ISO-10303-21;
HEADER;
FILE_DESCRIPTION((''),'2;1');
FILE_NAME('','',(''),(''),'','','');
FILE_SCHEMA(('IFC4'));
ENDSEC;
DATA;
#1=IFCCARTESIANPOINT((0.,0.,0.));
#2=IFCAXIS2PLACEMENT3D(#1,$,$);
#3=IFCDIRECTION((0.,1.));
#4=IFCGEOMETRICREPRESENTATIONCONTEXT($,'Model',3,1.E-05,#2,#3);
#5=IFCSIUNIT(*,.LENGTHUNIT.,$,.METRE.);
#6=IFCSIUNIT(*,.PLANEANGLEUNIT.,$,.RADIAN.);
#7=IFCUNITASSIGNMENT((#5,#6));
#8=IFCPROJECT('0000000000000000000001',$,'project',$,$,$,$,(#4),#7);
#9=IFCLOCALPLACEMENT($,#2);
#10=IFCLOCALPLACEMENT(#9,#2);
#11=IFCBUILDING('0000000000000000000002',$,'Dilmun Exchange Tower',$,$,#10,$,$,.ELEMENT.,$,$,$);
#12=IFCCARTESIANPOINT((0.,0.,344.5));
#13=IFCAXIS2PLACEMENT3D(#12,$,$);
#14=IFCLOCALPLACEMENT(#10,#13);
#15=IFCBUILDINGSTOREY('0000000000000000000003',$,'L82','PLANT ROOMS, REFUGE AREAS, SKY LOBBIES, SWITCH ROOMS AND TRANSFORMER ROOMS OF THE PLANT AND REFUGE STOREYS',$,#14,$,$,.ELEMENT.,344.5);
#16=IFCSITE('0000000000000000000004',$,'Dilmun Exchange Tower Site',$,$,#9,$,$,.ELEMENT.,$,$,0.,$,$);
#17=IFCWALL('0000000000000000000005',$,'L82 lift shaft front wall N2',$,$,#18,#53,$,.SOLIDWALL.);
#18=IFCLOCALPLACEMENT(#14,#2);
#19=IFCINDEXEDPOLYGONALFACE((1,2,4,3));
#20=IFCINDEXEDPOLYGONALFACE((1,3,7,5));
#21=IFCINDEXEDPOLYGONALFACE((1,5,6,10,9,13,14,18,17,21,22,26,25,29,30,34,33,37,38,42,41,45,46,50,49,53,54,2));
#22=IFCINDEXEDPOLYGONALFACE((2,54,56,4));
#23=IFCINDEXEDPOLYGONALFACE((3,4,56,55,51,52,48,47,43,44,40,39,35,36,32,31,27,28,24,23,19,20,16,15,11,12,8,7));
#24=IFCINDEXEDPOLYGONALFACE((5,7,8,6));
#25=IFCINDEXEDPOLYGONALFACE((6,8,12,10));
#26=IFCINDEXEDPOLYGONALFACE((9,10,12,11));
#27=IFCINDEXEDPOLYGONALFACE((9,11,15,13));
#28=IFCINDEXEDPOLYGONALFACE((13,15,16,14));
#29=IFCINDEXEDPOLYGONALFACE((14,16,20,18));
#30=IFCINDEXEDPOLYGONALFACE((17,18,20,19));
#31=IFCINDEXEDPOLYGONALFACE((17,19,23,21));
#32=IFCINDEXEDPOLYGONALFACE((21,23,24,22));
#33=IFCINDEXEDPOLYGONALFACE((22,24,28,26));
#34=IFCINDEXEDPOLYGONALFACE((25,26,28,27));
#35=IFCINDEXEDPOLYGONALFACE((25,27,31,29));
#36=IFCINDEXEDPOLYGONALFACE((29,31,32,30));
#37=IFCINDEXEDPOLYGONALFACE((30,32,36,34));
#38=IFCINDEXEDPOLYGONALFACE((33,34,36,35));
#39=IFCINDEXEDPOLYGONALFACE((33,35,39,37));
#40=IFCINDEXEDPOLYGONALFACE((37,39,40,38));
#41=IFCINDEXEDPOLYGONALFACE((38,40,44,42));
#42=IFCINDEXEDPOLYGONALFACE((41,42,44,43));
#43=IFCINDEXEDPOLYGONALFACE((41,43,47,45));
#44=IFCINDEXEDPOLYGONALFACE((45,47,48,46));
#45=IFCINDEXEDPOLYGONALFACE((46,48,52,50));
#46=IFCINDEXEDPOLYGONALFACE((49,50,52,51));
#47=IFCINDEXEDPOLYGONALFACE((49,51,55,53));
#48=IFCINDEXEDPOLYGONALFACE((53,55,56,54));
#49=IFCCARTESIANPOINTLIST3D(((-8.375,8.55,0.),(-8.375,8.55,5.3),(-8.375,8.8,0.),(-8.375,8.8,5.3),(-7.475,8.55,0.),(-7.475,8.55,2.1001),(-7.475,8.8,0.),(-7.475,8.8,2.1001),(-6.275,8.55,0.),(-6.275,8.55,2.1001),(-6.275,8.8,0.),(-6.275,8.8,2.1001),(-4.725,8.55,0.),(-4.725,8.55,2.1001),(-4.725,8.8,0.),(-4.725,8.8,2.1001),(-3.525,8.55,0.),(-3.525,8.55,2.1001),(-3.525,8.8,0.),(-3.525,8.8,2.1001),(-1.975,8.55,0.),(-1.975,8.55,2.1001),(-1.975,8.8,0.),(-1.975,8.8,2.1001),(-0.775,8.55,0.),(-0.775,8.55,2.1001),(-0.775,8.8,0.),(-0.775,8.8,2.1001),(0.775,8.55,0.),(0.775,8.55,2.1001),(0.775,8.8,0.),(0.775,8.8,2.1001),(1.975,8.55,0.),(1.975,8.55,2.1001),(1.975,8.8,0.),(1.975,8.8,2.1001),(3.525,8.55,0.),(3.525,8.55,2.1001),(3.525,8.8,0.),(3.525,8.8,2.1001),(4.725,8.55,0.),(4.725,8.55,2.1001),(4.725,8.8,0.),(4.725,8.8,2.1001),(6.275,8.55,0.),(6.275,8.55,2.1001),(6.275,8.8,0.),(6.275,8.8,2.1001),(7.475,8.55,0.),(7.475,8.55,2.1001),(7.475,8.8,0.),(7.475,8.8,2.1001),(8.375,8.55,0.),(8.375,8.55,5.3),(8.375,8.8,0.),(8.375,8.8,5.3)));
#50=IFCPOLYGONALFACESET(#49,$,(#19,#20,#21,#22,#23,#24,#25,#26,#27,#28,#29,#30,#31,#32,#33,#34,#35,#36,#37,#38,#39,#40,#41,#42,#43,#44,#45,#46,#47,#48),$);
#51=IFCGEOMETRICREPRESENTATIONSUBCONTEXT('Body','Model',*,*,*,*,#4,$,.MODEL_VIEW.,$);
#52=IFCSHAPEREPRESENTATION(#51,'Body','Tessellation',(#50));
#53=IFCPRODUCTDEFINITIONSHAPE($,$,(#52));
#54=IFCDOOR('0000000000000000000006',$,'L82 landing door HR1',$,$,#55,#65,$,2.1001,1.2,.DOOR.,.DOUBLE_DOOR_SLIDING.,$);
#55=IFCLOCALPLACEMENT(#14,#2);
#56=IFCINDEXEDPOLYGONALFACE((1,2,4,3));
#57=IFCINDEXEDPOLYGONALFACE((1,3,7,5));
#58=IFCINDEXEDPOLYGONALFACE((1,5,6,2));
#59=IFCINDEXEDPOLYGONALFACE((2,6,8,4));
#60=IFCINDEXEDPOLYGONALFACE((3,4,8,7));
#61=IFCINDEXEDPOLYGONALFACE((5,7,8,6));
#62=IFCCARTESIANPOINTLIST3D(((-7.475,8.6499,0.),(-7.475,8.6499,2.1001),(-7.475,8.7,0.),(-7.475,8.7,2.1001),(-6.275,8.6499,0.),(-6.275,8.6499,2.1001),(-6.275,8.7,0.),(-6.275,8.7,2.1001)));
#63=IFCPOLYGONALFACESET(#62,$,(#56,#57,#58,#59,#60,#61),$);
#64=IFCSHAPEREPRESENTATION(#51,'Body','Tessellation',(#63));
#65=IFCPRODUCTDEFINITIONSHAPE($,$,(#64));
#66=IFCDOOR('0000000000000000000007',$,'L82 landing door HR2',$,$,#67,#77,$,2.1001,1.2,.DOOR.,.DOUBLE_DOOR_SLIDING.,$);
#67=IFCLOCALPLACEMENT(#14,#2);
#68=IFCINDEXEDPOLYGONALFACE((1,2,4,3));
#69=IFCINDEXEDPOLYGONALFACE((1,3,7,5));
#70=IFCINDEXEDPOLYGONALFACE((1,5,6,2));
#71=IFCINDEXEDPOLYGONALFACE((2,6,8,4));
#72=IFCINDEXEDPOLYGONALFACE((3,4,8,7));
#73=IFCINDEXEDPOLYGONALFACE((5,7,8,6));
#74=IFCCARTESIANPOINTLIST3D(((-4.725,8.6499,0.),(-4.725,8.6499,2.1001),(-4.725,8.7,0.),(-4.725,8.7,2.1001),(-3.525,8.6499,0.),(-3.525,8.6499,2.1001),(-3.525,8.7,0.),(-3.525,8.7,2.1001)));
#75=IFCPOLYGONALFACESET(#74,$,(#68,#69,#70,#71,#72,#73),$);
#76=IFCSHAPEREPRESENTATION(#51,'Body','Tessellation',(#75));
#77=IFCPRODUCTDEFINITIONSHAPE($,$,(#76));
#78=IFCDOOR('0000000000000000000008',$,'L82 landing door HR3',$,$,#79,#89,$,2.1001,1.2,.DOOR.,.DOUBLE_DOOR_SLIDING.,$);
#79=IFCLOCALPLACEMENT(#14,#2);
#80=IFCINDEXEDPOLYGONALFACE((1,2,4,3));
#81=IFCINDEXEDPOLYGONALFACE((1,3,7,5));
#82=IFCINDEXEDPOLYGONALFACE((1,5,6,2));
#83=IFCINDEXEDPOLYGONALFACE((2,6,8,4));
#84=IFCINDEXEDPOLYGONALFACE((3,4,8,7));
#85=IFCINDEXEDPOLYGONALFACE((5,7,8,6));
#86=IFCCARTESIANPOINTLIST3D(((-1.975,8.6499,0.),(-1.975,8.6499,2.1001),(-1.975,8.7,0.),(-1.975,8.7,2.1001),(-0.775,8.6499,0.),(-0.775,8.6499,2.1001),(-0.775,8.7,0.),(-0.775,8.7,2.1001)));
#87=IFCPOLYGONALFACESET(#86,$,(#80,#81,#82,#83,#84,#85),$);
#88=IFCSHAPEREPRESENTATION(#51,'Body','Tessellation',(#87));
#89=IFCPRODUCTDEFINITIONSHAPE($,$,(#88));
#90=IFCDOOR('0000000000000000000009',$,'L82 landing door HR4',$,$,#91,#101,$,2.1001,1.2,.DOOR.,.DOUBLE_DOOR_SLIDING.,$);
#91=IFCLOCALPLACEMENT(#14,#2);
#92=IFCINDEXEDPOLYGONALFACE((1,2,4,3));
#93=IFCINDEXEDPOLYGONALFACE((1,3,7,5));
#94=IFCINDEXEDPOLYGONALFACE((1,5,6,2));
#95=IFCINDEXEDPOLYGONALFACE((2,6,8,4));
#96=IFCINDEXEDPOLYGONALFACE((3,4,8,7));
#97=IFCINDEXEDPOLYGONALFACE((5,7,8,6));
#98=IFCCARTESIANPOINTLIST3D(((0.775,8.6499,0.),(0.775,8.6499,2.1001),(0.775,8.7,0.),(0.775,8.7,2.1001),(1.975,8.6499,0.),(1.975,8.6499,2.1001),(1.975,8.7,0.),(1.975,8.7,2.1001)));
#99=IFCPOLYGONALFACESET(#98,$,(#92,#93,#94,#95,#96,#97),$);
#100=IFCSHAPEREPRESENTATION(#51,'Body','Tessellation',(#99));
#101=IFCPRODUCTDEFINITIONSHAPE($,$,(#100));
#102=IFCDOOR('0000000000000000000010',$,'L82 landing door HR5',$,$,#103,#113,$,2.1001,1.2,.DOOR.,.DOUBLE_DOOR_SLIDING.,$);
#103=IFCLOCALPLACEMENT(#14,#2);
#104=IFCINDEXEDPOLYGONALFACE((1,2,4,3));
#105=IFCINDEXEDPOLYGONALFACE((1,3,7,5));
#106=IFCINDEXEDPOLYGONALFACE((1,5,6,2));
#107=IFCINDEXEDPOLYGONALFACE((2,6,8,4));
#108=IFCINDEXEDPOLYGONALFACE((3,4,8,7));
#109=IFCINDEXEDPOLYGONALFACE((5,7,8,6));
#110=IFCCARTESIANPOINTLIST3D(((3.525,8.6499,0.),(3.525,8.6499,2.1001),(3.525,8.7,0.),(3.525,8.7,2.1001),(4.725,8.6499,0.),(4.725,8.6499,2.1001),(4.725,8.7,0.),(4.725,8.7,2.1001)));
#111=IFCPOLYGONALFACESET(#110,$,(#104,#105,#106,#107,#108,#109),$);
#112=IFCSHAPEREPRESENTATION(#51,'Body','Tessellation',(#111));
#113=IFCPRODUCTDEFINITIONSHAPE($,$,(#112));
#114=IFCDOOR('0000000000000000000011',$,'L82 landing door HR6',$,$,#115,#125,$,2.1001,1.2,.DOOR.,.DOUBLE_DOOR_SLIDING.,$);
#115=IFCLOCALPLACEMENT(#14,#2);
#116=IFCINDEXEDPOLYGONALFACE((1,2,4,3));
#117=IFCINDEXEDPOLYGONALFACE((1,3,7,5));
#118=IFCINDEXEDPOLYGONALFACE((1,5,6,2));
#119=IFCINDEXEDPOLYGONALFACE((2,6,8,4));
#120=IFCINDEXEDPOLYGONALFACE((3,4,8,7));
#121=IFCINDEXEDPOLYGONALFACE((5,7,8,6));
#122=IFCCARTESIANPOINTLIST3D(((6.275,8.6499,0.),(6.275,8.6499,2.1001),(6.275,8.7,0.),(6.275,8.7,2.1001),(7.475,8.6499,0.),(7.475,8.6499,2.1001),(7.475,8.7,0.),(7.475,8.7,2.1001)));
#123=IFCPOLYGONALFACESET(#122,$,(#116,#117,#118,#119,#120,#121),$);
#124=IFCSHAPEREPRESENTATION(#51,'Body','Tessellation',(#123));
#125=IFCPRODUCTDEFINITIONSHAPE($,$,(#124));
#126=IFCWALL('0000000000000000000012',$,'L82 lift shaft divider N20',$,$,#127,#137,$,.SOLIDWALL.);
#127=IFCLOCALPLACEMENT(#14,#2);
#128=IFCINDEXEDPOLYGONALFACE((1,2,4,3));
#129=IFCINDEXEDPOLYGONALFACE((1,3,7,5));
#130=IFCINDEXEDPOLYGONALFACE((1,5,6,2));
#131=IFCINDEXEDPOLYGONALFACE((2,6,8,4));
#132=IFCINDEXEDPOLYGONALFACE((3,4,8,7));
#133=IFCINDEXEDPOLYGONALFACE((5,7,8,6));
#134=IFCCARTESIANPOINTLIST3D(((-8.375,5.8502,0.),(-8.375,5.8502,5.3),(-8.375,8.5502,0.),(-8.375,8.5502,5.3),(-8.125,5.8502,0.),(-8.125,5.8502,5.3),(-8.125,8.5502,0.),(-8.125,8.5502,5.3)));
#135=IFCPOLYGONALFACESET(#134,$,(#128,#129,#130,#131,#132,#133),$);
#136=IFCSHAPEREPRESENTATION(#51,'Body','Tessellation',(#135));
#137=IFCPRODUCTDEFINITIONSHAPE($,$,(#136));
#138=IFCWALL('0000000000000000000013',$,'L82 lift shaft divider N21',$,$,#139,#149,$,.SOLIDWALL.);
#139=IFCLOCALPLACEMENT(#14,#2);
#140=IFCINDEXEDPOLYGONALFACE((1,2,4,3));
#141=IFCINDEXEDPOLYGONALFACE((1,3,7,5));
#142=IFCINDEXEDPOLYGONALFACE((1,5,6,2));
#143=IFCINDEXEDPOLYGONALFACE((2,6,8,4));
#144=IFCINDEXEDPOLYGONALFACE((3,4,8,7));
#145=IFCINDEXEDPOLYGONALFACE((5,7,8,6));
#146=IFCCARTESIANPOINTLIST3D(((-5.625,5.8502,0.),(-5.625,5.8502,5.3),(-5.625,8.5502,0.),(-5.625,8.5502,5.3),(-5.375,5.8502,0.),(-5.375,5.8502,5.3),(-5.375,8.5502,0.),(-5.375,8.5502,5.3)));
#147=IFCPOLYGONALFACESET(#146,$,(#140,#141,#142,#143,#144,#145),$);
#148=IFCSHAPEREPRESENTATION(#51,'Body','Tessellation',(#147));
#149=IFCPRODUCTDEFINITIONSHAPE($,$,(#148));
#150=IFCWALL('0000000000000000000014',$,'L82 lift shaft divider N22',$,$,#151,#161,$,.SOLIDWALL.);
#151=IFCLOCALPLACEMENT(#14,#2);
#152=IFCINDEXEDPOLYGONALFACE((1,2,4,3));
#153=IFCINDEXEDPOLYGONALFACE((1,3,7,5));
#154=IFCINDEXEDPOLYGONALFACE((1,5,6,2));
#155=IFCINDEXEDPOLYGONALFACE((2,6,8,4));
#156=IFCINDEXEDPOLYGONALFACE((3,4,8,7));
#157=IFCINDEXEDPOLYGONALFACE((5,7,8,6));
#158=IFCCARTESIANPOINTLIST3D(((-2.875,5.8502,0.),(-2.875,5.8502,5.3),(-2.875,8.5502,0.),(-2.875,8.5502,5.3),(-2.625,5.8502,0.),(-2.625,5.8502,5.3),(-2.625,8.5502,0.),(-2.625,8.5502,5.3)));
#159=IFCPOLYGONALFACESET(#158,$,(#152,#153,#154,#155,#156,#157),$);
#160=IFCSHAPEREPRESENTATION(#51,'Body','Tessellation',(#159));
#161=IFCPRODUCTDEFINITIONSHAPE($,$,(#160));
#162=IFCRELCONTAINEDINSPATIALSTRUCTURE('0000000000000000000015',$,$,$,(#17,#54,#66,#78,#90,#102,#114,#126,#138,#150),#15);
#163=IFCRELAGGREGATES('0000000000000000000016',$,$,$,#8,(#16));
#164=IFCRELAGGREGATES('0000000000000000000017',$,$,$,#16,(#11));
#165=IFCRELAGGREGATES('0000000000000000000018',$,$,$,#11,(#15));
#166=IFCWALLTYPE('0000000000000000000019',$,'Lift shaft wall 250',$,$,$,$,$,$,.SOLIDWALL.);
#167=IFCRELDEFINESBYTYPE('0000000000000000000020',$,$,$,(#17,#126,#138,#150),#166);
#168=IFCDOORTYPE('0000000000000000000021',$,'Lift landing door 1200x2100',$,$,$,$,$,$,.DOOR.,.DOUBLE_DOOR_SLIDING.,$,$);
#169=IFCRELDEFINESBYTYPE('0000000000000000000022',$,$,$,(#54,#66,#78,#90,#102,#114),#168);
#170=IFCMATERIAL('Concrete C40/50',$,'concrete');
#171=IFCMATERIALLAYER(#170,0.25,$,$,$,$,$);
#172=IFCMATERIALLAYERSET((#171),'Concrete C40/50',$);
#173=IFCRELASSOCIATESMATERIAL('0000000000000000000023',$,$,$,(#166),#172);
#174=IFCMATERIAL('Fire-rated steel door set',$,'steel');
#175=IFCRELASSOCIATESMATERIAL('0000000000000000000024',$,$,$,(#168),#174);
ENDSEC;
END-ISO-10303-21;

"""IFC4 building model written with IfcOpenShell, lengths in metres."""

from ifc_helpers import new_model, si_unit, direction, frame, frame_2d, origin, place, context, subcontext, project, spatial, rectangle, extrude, material, layer, layer_set, type_object, element, fill, save


model = new_model("IFC4")

# Units and contexts
model_context = context("Model", 3, precision=1e-05, world=origin(), true_north=direction((0.0, 1.0)))
body_context = subcontext(model_context, "Body", "Model", "MODEL_VIEW")
ifc_project = project(units=[si_unit("LENGTHUNIT", "METRE"), si_unit("PLANEANGLEUNIT", "RADIAN")], contexts=[model_context])

# Site, building, storey
site_placement = place(None, origin())
site = spatial("IfcSite", under=ifc_project, at=site_placement, Name="Dilmun Exchange Tower Site", CompositionType="ELEMENT", RefElevation=0.0)
building_placement = place(site_placement, origin())
building = spatial("IfcBuilding", under=site, at=building_placement, Name="Dilmun Exchange Tower", CompositionType="ELEMENT")
storey_placement = place(building_placement, frame((0.0, 0.0, 344.5)))
storey = spatial("IfcBuildingStorey", under=building, at=storey_placement, Name="L82", Description="PLANT ROOMS, REFUGE AREAS, SKY LOBBIES, SWITCH ROOMS AND TRANSFORMER ROOMS OF THE PLANT AND REFUGE STOREYS", CompositionType="ELEMENT", Elevation=344.5)

# Shared definitions
ifc_material_1 = material(Name="Concrete C40/50", Category="concrete")

# Shared definitions
ifc_material_2 = material(Name="Fire-rated steel door set", Category="steel")

# Wall, openings, doors
ifc_layer_1 = layer(ifc_material_1, 0.25)
ifc_layer_set_1 = layer_set([ifc_layer_1], Name="Concrete C40/50")
wall_type_1 = type_object("IfcWallType", Name="Lift shaft wall 250", PredefinedType="SOLIDWALL", material=ifc_layer_set_1)
wall_1_placement = place(storey_placement, frame((-8.375, 8.675, 0.0), z_axis=(0.0, 0.0, 1.0), x_axis=(1.0, 0.0, 0.0)))
wall_1 = element("IfcWall", 1, at=wall_1_placement, inside=storey, type_object=wall_type_1, Name="L82 lift shaft front wall N2", PredefinedType="SOLIDWALL", context=body_context, shape_type="SweptSolid", body=[
    extrude(rectangle(XDim=16.75, YDim=0.25, at=frame_2d((8.375, 0.0))), origin(), (0.0, 0.0, 1.0), 5.3),
])
opening_1_placement = place(wall_1_placement, frame((0.8999, 0.0, 0.0)))
opening_1 = element("IfcOpeningElement", 2, at=opening_1_placement, cuts=wall_1, PredefinedType="OPENING", context=body_context, shape_type="SweptSolid", body=[
    extrude(rectangle(XDim=1.2, YDim=2.1001, at=frame_2d((0.6001, 1.05))), frame((0.0, 0.135, 0.0), z_axis=(0.0, -1.0, 0.0), x_axis=(1.0, 0.0, 0.0)), (0.0, 0.0, 1.0), 0.27),
])
opening_2_placement = place(wall_1_placement, frame((3.6499, 0.0, 0.0)))
opening_2 = element("IfcOpeningElement", 3, at=opening_2_placement, cuts=wall_1, PredefinedType="OPENING", context=body_context, shape_type="SweptSolid", body=[
    extrude(rectangle(XDim=1.2, YDim=2.1001, at=frame_2d((0.6001, 1.05))), frame((0.0, 0.135, 0.0), z_axis=(0.0, -1.0, 0.0), x_axis=(1.0, 0.0, 0.0)), (0.0, 0.0, 1.0), 0.27),
])
opening_3_placement = place(wall_1_placement, frame((6.3999, 0.0, 0.0)))
opening_3 = element("IfcOpeningElement", 4, at=opening_3_placement, cuts=wall_1, PredefinedType="OPENING", context=body_context, shape_type="SweptSolid", body=[
    extrude(rectangle(XDim=1.2, YDim=2.1001, at=frame_2d((0.6001, 1.05))), frame((0.0, 0.135, 0.0), z_axis=(0.0, -1.0, 0.0), x_axis=(1.0, 0.0, 0.0)), (0.0, 0.0, 1.0), 0.27),
])
opening_4_placement = place(wall_1_placement, frame((9.1499, 0.0, 0.0)))
opening_4 = element("IfcOpeningElement", 5, at=opening_4_placement, cuts=wall_1, PredefinedType="OPENING", context=body_context, shape_type="SweptSolid", body=[
    extrude(rectangle(XDim=1.2, YDim=2.1001, at=frame_2d((0.6001, 1.05))), frame((0.0, 0.135, 0.0), z_axis=(0.0, -1.0, 0.0), x_axis=(1.0, 0.0, 0.0)), (0.0, 0.0, 1.0), 0.27),
])
opening_5_placement = place(wall_1_placement, frame((11.8999, 0.0, 0.0)))
opening_5 = element("IfcOpeningElement", 6, at=opening_5_placement, cuts=wall_1, PredefinedType="OPENING", context=body_context, shape_type="SweptSolid", body=[
    extrude(rectangle(XDim=1.2, YDim=2.1001, at=frame_2d((0.6001, 1.05))), frame((0.0, 0.135, 0.0), z_axis=(0.0, -1.0, 0.0), x_axis=(1.0, 0.0, 0.0)), (0.0, 0.0, 1.0), 0.27),
])
opening_6_placement = place(wall_1_placement, frame((14.6499, 0.0, 0.0)))
opening_6 = element("IfcOpeningElement", 7, at=opening_6_placement, cuts=wall_1, PredefinedType="OPENING", context=body_context, shape_type="SweptSolid", body=[
    extrude(rectangle(XDim=1.2, YDim=2.1001, at=frame_2d((0.6001, 1.05))), frame((0.0, 0.135, 0.0), z_axis=(0.0, -1.0, 0.0), x_axis=(1.0, 0.0, 0.0)), (0.0, 0.0, 1.0), 0.27),
])
door_type_1 = type_object("IfcDoorType", Name="Lift landing door 1200x2100", OperationType="DOUBLE_DOOR_SLIDING", PredefinedType="DOOR", material=ifc_material_2)
door_1_placement = place(opening_1_placement, origin())
door_1 = element("IfcDoor", 8, at=door_1_placement, inside=storey, type_object=door_type_1, Name="L82 landing door HR1", OperationType="DOUBLE_DOOR_SLIDING", OverallHeight=2.1001, OverallWidth=1.2, PredefinedType="DOOR", context=body_context, shape_type="SweptSolid", body=[
    extrude(rectangle(XDim=1.2, YDim=2.1001, at=frame_2d((0.6001, 1.05))), frame((0.0, 0.0249, 0.0), z_axis=(0.0, -1.0, 0.0), x_axis=(1.0, 0.0, 0.0)), (0.0, 0.0, 1.0), 0.05),
])
fill(opening_1, door_1)
door_2_placement = place(opening_2_placement, origin())
door_2 = element("IfcDoor", 9, at=door_2_placement, inside=storey, type_object=door_type_1, Name="L82 landing door HR2", OperationType="DOUBLE_DOOR_SLIDING", OverallHeight=2.1001, OverallWidth=1.2, PredefinedType="DOOR", context=body_context, shape_type="SweptSolid", body=[
    extrude(rectangle(XDim=1.2, YDim=2.1001, at=frame_2d((0.6001, 1.05))), frame((0.0, 0.0249, 0.0), z_axis=(0.0, -1.0, 0.0), x_axis=(1.0, 0.0, 0.0)), (0.0, 0.0, 1.0), 0.05),
])
fill(opening_2, door_2)
door_3_placement = place(opening_3_placement, origin())
door_3 = element("IfcDoor", 10, at=door_3_placement, inside=storey, type_object=door_type_1, Name="L82 landing door HR3", OperationType="DOUBLE_DOOR_SLIDING", OverallHeight=2.1001, OverallWidth=1.2, PredefinedType="DOOR", context=body_context, shape_type="SweptSolid", body=[
    extrude(rectangle(XDim=1.2, YDim=2.1001, at=frame_2d((0.6001, 1.05))), frame((0.0, 0.0249, 0.0), z_axis=(0.0, -1.0, 0.0), x_axis=(1.0, 0.0, 0.0)), (0.0, 0.0, 1.0), 0.05),
])
fill(opening_3, door_3)
door_4_placement = place(opening_4_placement, origin())
door_4 = element("IfcDoor", 11, at=door_4_placement, inside=storey, type_object=door_type_1, Name="L82 landing door HR4", OperationType="DOUBLE_DOOR_SLIDING", OverallHeight=2.1001, OverallWidth=1.2, PredefinedType="DOOR", context=body_context, shape_type="SweptSolid", body=[
    extrude(rectangle(XDim=1.2, YDim=2.1001, at=frame_2d((0.6001, 1.05))), frame((0.0, 0.0249, 0.0), z_axis=(0.0, -1.0, 0.0), x_axis=(1.0, 0.0, 0.0)), (0.0, 0.0, 1.0), 0.05),
])
fill(opening_4, door_4)
door_5_placement = place(opening_5_placement, origin())
door_5 = element("IfcDoor", 12, at=door_5_placement, inside=storey, type_object=door_type_1, Name="L82 landing door HR5", OperationType="DOUBLE_DOOR_SLIDING", OverallHeight=2.1001, OverallWidth=1.2, PredefinedType="DOOR", context=body_context, shape_type="SweptSolid", body=[
    extrude(rectangle(XDim=1.2, YDim=2.1001, at=frame_2d((0.6001, 1.05))), frame((0.0, 0.0249, 0.0), z_axis=(0.0, -1.0, 0.0), x_axis=(1.0, 0.0, 0.0)), (0.0, 0.0, 1.0), 0.05),
])
fill(opening_5, door_5)
door_6_placement = place(opening_6_placement, origin())
door_6 = element("IfcDoor", 13, at=door_6_placement, inside=storey, type_object=door_type_1, Name="L82 landing door HR6", OperationType="DOUBLE_DOOR_SLIDING", OverallHeight=2.1001, OverallWidth=1.2, PredefinedType="DOOR", context=body_context, shape_type="SweptSolid", body=[
    extrude(rectangle(XDim=1.2, YDim=2.1001, at=frame_2d((0.6001, 1.05))), frame((0.0, 0.0249, 0.0), z_axis=(0.0, -1.0, 0.0), x_axis=(1.0, 0.0, 0.0)), (0.0, 0.0, 1.0), 0.05),
])
fill(opening_6, door_6)

# Walls
for number, where, z_axis, x_axis, name in (
    (14, (-8.25, 5.8501, 0.0), (0.0, 0.0, 1.0), (0.0, 1.0, 0.0), "L82 lift shaft divider N20"),
    (15, (-5.5, 5.8501, 0.0), (0.0, 0.0, 1.0), (0.0, 1.0, 0.0), "L82 lift shaft divider N21"),
    (16, (-2.75, 5.8501, 0.0), (0.0, 0.0, 1.0), (0.0, 1.0, 0.0), "L82 lift shaft divider N22"),
):
    element("IfcWall", number, at=place(storey_placement, frame(where, z_axis=z_axis, x_axis=x_axis)), inside=storey, type_object=wall_type_1, Name=name, PredefinedType="SOLIDWALL", context=body_context, shape_type="SweptSolid", body=[
        extrude(rectangle(XDim=2.7, YDim=0.25, at=frame_2d((1.3501, 0.0))), origin(), (0.0, 0.0, 1.0), 5.3),
    ])

save(model, "model.ifc")
